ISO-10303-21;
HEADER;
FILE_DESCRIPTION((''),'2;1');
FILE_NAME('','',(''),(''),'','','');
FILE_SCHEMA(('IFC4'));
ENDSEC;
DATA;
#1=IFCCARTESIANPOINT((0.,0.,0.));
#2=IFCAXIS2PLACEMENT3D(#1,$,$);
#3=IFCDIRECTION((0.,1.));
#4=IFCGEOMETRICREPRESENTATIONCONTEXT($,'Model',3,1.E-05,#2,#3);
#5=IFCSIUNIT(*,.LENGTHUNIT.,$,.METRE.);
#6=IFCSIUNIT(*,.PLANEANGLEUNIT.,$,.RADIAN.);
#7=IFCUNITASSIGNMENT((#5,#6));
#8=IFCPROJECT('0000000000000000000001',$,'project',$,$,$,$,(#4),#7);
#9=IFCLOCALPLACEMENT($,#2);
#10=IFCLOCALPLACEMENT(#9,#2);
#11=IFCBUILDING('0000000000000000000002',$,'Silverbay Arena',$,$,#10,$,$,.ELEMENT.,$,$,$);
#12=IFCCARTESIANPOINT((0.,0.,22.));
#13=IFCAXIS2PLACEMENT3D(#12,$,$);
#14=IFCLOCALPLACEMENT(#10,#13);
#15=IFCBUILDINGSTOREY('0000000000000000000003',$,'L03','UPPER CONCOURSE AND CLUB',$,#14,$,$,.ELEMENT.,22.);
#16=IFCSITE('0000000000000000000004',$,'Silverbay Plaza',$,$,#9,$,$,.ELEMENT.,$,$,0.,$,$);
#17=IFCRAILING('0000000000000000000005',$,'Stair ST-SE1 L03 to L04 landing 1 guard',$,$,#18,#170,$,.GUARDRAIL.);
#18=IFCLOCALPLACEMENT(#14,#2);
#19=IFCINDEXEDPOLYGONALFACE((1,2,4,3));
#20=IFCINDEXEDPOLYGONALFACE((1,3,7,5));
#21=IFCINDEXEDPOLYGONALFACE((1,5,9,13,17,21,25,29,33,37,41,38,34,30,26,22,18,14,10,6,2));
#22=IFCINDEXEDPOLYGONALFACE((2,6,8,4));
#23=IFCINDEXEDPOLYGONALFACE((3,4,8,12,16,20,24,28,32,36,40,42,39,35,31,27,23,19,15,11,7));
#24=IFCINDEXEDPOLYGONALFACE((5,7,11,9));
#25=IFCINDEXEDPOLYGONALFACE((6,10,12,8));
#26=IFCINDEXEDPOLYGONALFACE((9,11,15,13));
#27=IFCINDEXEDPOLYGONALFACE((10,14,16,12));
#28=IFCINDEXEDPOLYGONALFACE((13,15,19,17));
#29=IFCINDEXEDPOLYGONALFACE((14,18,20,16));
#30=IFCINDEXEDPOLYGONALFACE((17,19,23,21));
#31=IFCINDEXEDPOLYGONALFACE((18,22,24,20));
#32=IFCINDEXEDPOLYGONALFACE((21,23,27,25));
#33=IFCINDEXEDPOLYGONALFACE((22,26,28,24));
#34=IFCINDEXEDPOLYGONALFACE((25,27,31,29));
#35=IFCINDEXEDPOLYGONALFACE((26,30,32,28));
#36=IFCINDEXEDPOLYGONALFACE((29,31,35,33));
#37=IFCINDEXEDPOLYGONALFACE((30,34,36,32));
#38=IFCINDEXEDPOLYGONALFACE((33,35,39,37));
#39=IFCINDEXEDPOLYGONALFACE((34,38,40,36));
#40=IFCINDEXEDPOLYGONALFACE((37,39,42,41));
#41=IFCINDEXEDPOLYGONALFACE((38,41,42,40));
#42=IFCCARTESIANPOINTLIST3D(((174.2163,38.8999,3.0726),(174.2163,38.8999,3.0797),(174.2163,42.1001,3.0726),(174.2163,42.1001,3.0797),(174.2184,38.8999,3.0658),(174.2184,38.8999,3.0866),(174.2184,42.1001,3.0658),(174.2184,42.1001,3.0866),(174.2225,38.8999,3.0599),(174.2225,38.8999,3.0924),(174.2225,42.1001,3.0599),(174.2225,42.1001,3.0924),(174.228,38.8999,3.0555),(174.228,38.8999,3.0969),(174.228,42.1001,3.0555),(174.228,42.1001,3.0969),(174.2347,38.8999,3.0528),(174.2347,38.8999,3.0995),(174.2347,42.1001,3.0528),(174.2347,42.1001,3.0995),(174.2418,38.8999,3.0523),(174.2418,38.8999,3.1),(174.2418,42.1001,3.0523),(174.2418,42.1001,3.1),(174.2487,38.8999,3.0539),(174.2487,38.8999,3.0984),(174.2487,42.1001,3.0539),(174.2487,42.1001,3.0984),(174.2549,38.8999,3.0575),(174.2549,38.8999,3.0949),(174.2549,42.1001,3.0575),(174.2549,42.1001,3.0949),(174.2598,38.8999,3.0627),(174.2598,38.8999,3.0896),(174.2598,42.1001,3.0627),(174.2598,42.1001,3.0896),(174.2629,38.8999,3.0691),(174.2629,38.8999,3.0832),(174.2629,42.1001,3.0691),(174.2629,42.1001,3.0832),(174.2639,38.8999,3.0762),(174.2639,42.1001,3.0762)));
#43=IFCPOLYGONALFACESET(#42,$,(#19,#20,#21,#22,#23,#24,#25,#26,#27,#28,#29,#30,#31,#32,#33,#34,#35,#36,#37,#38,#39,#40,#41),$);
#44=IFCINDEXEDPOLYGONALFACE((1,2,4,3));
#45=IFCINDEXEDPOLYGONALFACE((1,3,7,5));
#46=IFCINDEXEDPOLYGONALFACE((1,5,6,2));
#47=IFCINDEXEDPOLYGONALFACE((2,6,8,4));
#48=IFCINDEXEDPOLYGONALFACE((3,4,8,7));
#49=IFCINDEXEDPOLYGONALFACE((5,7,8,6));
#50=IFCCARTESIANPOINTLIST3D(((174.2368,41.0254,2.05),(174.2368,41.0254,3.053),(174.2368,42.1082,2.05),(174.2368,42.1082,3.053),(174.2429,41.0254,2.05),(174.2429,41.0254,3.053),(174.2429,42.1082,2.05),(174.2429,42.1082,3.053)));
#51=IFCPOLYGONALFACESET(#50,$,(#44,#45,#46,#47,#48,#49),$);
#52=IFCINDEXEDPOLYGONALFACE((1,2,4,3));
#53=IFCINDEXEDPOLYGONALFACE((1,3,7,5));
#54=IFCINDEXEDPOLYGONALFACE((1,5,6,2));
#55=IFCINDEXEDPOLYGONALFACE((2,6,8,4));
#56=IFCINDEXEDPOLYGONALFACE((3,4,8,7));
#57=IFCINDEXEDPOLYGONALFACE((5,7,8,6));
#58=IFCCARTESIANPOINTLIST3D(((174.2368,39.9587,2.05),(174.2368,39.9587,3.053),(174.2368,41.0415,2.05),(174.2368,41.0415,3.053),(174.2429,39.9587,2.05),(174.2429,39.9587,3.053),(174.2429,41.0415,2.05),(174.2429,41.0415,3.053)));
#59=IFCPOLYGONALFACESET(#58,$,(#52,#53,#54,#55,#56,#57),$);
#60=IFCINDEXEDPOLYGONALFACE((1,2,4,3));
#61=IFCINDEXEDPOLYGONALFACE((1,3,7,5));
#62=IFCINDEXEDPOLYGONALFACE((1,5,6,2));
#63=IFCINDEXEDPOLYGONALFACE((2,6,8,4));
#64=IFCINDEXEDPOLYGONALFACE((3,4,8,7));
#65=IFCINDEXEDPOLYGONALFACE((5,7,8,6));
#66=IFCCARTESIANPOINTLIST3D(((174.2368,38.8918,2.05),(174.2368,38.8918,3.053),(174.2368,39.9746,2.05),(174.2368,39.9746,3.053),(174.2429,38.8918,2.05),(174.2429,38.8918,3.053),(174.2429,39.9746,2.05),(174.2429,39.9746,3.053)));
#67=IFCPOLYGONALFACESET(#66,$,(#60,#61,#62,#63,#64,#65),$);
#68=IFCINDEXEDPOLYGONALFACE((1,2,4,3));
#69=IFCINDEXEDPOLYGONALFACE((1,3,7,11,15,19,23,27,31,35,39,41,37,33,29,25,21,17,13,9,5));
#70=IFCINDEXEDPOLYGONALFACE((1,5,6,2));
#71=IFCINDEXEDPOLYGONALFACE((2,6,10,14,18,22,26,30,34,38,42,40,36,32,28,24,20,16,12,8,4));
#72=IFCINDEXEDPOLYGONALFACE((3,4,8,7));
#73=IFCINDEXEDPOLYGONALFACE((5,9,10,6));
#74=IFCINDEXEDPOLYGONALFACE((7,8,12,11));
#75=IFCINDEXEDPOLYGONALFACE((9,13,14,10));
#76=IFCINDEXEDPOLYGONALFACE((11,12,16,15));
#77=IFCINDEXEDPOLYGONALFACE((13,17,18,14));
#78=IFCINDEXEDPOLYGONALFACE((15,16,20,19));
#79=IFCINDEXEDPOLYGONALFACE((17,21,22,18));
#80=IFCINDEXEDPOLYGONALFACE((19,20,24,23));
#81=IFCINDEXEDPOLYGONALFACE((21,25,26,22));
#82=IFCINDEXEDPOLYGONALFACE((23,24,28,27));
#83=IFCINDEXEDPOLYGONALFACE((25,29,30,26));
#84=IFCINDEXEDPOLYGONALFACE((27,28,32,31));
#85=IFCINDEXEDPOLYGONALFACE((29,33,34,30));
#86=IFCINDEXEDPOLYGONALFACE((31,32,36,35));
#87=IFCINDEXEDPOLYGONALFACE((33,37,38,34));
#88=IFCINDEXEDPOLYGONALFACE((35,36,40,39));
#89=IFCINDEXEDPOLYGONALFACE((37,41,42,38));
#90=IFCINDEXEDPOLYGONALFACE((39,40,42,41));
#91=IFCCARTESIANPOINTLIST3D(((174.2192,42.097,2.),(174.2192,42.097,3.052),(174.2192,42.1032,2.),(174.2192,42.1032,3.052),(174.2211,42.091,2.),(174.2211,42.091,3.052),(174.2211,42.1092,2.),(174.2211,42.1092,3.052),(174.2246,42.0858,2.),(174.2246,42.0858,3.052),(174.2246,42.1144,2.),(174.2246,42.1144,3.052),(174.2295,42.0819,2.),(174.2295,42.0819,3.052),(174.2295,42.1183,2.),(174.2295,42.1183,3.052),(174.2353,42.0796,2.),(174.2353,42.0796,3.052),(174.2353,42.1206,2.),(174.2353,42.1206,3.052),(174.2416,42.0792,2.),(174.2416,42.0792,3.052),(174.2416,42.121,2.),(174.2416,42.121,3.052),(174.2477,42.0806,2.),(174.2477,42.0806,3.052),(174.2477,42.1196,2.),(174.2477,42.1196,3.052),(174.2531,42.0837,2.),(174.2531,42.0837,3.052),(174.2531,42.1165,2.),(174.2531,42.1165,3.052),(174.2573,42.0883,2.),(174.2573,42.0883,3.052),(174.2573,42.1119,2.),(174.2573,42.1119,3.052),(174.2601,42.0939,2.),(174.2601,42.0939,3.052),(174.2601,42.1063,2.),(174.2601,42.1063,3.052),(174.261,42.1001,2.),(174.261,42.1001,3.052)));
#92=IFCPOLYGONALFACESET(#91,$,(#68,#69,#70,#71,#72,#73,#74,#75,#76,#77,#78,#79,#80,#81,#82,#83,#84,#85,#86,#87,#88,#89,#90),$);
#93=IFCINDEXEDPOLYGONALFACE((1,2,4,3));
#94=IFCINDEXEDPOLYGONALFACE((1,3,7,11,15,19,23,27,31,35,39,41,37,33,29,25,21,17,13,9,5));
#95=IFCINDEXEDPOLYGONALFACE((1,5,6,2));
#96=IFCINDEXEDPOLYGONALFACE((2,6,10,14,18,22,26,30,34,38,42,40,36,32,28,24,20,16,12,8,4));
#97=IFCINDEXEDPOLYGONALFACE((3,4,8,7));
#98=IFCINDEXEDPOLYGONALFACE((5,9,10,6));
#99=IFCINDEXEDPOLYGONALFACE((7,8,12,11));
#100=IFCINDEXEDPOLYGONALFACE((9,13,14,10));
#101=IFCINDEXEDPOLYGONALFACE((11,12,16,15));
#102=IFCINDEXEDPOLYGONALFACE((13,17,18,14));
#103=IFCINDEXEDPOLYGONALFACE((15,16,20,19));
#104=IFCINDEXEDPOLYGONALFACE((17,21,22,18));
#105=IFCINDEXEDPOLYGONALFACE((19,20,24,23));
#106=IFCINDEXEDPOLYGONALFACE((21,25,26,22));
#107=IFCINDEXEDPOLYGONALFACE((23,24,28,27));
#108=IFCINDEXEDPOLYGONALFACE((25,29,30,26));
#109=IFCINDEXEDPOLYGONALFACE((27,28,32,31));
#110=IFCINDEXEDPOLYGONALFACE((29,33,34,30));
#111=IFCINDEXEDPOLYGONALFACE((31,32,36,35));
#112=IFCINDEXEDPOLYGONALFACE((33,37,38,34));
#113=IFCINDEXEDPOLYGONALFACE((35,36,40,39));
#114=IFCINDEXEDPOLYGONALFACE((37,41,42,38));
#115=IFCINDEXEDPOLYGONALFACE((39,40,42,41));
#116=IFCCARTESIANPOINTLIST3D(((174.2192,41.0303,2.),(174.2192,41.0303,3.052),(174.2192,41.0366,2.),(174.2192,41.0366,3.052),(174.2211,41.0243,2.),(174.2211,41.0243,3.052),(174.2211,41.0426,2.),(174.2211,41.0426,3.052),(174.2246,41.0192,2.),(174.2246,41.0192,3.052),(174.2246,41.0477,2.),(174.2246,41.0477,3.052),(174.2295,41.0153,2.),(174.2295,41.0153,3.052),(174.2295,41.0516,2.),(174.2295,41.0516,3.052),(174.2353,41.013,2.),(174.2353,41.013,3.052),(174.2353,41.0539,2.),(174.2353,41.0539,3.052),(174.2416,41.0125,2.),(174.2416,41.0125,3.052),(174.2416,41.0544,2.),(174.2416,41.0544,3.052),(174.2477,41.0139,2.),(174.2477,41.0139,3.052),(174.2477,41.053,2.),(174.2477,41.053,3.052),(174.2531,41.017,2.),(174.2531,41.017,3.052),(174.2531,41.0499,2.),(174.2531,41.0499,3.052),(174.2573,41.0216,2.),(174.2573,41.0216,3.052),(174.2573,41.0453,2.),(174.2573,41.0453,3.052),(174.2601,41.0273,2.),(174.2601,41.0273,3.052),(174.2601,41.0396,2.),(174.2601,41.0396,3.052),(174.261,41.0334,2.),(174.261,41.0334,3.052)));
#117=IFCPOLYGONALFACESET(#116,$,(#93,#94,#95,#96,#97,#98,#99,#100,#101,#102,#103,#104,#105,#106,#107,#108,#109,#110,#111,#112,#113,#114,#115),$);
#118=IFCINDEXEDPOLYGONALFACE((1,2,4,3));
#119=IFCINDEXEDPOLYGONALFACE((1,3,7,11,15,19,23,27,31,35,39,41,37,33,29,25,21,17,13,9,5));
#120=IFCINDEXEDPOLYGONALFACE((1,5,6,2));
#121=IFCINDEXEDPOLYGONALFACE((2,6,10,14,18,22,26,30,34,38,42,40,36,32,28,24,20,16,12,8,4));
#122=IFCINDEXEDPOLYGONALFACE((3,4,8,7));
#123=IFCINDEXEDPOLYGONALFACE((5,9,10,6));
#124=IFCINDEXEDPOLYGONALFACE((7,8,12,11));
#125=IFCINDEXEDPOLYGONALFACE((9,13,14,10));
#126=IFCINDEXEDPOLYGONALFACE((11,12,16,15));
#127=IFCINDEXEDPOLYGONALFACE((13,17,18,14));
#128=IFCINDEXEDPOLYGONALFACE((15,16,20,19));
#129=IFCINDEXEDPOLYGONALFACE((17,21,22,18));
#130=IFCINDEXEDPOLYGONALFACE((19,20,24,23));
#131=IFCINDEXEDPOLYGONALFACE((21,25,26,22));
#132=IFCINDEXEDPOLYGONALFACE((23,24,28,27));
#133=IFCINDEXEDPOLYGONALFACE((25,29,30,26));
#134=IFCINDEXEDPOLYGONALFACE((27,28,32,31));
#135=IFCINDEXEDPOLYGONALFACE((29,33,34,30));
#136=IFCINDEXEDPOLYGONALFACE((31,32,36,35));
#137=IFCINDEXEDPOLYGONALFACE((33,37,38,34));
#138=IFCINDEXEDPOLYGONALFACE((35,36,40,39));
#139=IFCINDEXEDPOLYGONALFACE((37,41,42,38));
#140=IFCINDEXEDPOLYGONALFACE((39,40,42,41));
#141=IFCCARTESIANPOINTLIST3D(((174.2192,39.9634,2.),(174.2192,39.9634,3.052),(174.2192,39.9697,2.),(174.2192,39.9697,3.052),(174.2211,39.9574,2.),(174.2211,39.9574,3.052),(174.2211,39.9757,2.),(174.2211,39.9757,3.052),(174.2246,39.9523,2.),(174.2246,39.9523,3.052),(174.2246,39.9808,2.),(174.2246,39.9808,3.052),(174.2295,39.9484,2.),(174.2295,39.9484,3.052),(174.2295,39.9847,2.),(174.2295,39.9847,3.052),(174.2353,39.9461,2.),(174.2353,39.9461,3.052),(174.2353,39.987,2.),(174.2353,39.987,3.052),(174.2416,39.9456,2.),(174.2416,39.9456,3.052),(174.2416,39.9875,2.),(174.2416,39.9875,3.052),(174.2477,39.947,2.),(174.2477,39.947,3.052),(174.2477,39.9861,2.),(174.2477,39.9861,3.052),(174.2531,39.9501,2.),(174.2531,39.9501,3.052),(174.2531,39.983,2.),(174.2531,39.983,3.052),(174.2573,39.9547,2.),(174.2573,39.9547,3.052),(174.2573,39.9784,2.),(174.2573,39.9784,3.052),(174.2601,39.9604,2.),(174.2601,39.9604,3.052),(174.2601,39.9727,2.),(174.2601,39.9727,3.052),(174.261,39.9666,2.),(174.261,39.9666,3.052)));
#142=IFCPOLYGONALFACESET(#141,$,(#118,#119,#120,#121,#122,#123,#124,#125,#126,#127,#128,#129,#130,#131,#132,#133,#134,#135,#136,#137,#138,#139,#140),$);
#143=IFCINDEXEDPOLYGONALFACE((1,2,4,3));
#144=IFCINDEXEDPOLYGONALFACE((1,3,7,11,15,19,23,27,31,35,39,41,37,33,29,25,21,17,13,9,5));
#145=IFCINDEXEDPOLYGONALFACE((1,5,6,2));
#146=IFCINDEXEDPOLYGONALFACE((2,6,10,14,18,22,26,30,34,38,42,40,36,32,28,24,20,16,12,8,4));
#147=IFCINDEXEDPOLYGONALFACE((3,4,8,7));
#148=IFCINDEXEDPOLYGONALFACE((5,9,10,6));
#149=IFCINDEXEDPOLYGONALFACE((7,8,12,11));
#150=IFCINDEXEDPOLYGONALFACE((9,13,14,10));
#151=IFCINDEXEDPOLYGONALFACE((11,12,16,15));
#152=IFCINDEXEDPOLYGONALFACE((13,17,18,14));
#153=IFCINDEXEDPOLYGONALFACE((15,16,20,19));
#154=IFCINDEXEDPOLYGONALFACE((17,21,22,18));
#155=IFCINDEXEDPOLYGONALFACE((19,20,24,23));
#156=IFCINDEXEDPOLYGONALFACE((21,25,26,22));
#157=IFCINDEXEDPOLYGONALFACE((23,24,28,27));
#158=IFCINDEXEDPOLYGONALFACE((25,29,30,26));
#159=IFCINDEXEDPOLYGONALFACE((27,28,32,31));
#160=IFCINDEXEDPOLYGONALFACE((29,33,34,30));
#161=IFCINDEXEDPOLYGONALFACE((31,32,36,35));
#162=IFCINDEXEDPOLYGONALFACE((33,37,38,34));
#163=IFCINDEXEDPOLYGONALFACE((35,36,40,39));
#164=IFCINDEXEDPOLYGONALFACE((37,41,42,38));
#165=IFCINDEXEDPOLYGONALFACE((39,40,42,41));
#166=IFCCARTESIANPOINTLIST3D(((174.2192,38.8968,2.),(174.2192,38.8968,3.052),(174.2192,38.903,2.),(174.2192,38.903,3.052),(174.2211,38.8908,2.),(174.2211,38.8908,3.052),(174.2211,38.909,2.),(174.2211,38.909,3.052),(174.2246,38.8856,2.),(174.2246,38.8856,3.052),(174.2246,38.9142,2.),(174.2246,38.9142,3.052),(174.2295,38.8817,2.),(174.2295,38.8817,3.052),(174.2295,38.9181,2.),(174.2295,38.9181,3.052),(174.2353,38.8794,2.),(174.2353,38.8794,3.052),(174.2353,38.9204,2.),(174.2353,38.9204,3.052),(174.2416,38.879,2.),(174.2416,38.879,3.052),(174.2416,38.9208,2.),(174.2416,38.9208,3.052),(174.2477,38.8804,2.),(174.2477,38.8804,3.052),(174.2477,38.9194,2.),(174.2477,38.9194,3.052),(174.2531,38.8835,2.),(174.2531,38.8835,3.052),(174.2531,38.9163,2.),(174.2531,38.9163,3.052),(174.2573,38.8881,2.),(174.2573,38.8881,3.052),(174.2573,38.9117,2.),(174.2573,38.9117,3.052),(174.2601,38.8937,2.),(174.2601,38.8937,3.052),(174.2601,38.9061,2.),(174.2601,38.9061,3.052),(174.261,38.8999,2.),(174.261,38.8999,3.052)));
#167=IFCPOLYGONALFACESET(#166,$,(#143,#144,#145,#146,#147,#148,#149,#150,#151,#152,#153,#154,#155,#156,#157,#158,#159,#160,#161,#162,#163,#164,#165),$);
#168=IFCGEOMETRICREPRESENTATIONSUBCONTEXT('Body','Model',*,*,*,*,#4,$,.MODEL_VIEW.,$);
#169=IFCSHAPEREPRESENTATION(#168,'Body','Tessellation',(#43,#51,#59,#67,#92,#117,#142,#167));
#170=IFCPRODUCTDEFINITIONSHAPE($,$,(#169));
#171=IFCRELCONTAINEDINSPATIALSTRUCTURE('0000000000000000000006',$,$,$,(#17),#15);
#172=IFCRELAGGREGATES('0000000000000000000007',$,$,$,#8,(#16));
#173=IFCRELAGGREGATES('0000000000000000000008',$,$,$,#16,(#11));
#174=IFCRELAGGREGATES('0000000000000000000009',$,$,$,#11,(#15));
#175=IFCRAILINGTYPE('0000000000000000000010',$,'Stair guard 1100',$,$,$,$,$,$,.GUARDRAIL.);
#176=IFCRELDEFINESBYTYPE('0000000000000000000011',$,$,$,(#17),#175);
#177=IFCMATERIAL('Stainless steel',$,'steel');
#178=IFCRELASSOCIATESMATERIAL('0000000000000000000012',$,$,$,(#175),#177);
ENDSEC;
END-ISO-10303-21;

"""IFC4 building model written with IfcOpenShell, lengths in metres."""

from ifc_helpers import new_model, si_unit, direction, frame, origin, origin_2d, place, context, subcontext, project, spatial, polyline, circle, outline, extrude, material, type_object, element, save


model = new_model("IFC4")

# Units and contexts
model_context = context("Model", 3, precision=1e-05, world=origin(), true_north=direction((0.0, 1.0)))
body_context = subcontext(model_context, "Body", "Model", "MODEL_VIEW")
ifc_project = project(units=[si_unit("LENGTHUNIT", "METRE"), si_unit("PLANEANGLEUNIT", "RADIAN")], contexts=[model_context])

# Site, building, storey
site_placement = place(None, origin())
site = spatial("IfcSite", under=ifc_project, at=site_placement, Name="Silverbay Plaza", CompositionType="ELEMENT", RefElevation=0.0)
building_placement = place(site_placement, origin())
building = spatial("IfcBuilding", under=site, at=building_placement, Name="Silverbay Arena", CompositionType="ELEMENT")
storey_placement = place(building_placement, frame((0.0, 0.0, 22.0)))
storey = spatial("IfcBuildingStorey", under=building, at=storey_placement, Name="L03", Description="UPPER CONCOURSE AND CLUB", CompositionType="ELEMENT", Elevation=22.0)

# Railing
ifc_material_1 = material(Name="Stainless steel", Category="steel")
railing_type_1 = type_object("IfcRailingType", Name="Stair guard 1100", PredefinedType="GUARDRAIL", material=ifc_material_1)
for number, where, name in (
    (1, (174.24, 42.1001, 2.0), "Stair ST-SE1 L03 to L04 landing 1 guard"),
):
    element("IfcRailing", number, at=place(storey_placement, frame(where)), inside=storey, type_object=railing_type_1, Name=name, PredefinedType="GUARDRAIL", context=body_context, shape_type="SweptSolid", body=[
        extrude(circle(Radius=0.0239, at=origin_2d()), frame((0.0, 0.0, 1.0762), z_axis=(0.0, -1.0, 0.0), x_axis=(1.0, 0.0, 0.0)), (0.0, 0.0, 1.0), 3.2002),
        extrude(outline(polyline([(-0.0081, 0.05), (1.0747, 0.05), (1.0747, 1.053), (-0.0081, 1.053), (-0.0081, 0.05)])), frame((0.0029, 0.0, 0.0), z_axis=(-1.0, 0.0, 0.0), x_axis=(0.0, -1.0, 0.0)), (0.0, 0.0, 1.0), 0.0061),
        extrude(outline(polyline([(-0.0081, 0.05), (1.0747, 0.05), (1.0747, 1.053), (-0.0081, 1.053), (-0.0081, 0.05)])), frame((0.0029, -1.0667, 0.0), z_axis=(-1.0, 0.0, 0.0), x_axis=(0.0, -1.0, 0.0)), (0.0, 0.0, 1.0), 0.0061),
        extrude(outline(polyline([(-0.0081, 0.05), (1.0747, 0.05), (1.0747, 1.053), (-0.0081, 1.053), (-0.0081, 0.05)])), frame((0.0029, -2.1335, 0.0), z_axis=(-1.0, 0.0, 0.0), x_axis=(0.0, -1.0, 0.0)), (0.0, 0.0, 1.0), 0.0061),
        extrude(circle(Radius=0.021, at=origin_2d()), origin(), (0.0, 0.0, 1.0), 1.052),
        extrude(circle(Radius=0.021, at=origin_2d()), frame((0.0, -1.0667, 0.0)), (0.0, 0.0, 1.0), 1.052),
        extrude(circle(Radius=0.021, at=origin_2d()), frame((0.0, -2.1335, 0.0)), (0.0, 0.0, 1.0), 1.052),
        extrude(circle(Radius=0.021, at=origin_2d()), frame((0.0, -3.2002, 0.0)), (0.0, 0.0, 1.0), 1.052),
    ])

save(model, "model.ifc")
